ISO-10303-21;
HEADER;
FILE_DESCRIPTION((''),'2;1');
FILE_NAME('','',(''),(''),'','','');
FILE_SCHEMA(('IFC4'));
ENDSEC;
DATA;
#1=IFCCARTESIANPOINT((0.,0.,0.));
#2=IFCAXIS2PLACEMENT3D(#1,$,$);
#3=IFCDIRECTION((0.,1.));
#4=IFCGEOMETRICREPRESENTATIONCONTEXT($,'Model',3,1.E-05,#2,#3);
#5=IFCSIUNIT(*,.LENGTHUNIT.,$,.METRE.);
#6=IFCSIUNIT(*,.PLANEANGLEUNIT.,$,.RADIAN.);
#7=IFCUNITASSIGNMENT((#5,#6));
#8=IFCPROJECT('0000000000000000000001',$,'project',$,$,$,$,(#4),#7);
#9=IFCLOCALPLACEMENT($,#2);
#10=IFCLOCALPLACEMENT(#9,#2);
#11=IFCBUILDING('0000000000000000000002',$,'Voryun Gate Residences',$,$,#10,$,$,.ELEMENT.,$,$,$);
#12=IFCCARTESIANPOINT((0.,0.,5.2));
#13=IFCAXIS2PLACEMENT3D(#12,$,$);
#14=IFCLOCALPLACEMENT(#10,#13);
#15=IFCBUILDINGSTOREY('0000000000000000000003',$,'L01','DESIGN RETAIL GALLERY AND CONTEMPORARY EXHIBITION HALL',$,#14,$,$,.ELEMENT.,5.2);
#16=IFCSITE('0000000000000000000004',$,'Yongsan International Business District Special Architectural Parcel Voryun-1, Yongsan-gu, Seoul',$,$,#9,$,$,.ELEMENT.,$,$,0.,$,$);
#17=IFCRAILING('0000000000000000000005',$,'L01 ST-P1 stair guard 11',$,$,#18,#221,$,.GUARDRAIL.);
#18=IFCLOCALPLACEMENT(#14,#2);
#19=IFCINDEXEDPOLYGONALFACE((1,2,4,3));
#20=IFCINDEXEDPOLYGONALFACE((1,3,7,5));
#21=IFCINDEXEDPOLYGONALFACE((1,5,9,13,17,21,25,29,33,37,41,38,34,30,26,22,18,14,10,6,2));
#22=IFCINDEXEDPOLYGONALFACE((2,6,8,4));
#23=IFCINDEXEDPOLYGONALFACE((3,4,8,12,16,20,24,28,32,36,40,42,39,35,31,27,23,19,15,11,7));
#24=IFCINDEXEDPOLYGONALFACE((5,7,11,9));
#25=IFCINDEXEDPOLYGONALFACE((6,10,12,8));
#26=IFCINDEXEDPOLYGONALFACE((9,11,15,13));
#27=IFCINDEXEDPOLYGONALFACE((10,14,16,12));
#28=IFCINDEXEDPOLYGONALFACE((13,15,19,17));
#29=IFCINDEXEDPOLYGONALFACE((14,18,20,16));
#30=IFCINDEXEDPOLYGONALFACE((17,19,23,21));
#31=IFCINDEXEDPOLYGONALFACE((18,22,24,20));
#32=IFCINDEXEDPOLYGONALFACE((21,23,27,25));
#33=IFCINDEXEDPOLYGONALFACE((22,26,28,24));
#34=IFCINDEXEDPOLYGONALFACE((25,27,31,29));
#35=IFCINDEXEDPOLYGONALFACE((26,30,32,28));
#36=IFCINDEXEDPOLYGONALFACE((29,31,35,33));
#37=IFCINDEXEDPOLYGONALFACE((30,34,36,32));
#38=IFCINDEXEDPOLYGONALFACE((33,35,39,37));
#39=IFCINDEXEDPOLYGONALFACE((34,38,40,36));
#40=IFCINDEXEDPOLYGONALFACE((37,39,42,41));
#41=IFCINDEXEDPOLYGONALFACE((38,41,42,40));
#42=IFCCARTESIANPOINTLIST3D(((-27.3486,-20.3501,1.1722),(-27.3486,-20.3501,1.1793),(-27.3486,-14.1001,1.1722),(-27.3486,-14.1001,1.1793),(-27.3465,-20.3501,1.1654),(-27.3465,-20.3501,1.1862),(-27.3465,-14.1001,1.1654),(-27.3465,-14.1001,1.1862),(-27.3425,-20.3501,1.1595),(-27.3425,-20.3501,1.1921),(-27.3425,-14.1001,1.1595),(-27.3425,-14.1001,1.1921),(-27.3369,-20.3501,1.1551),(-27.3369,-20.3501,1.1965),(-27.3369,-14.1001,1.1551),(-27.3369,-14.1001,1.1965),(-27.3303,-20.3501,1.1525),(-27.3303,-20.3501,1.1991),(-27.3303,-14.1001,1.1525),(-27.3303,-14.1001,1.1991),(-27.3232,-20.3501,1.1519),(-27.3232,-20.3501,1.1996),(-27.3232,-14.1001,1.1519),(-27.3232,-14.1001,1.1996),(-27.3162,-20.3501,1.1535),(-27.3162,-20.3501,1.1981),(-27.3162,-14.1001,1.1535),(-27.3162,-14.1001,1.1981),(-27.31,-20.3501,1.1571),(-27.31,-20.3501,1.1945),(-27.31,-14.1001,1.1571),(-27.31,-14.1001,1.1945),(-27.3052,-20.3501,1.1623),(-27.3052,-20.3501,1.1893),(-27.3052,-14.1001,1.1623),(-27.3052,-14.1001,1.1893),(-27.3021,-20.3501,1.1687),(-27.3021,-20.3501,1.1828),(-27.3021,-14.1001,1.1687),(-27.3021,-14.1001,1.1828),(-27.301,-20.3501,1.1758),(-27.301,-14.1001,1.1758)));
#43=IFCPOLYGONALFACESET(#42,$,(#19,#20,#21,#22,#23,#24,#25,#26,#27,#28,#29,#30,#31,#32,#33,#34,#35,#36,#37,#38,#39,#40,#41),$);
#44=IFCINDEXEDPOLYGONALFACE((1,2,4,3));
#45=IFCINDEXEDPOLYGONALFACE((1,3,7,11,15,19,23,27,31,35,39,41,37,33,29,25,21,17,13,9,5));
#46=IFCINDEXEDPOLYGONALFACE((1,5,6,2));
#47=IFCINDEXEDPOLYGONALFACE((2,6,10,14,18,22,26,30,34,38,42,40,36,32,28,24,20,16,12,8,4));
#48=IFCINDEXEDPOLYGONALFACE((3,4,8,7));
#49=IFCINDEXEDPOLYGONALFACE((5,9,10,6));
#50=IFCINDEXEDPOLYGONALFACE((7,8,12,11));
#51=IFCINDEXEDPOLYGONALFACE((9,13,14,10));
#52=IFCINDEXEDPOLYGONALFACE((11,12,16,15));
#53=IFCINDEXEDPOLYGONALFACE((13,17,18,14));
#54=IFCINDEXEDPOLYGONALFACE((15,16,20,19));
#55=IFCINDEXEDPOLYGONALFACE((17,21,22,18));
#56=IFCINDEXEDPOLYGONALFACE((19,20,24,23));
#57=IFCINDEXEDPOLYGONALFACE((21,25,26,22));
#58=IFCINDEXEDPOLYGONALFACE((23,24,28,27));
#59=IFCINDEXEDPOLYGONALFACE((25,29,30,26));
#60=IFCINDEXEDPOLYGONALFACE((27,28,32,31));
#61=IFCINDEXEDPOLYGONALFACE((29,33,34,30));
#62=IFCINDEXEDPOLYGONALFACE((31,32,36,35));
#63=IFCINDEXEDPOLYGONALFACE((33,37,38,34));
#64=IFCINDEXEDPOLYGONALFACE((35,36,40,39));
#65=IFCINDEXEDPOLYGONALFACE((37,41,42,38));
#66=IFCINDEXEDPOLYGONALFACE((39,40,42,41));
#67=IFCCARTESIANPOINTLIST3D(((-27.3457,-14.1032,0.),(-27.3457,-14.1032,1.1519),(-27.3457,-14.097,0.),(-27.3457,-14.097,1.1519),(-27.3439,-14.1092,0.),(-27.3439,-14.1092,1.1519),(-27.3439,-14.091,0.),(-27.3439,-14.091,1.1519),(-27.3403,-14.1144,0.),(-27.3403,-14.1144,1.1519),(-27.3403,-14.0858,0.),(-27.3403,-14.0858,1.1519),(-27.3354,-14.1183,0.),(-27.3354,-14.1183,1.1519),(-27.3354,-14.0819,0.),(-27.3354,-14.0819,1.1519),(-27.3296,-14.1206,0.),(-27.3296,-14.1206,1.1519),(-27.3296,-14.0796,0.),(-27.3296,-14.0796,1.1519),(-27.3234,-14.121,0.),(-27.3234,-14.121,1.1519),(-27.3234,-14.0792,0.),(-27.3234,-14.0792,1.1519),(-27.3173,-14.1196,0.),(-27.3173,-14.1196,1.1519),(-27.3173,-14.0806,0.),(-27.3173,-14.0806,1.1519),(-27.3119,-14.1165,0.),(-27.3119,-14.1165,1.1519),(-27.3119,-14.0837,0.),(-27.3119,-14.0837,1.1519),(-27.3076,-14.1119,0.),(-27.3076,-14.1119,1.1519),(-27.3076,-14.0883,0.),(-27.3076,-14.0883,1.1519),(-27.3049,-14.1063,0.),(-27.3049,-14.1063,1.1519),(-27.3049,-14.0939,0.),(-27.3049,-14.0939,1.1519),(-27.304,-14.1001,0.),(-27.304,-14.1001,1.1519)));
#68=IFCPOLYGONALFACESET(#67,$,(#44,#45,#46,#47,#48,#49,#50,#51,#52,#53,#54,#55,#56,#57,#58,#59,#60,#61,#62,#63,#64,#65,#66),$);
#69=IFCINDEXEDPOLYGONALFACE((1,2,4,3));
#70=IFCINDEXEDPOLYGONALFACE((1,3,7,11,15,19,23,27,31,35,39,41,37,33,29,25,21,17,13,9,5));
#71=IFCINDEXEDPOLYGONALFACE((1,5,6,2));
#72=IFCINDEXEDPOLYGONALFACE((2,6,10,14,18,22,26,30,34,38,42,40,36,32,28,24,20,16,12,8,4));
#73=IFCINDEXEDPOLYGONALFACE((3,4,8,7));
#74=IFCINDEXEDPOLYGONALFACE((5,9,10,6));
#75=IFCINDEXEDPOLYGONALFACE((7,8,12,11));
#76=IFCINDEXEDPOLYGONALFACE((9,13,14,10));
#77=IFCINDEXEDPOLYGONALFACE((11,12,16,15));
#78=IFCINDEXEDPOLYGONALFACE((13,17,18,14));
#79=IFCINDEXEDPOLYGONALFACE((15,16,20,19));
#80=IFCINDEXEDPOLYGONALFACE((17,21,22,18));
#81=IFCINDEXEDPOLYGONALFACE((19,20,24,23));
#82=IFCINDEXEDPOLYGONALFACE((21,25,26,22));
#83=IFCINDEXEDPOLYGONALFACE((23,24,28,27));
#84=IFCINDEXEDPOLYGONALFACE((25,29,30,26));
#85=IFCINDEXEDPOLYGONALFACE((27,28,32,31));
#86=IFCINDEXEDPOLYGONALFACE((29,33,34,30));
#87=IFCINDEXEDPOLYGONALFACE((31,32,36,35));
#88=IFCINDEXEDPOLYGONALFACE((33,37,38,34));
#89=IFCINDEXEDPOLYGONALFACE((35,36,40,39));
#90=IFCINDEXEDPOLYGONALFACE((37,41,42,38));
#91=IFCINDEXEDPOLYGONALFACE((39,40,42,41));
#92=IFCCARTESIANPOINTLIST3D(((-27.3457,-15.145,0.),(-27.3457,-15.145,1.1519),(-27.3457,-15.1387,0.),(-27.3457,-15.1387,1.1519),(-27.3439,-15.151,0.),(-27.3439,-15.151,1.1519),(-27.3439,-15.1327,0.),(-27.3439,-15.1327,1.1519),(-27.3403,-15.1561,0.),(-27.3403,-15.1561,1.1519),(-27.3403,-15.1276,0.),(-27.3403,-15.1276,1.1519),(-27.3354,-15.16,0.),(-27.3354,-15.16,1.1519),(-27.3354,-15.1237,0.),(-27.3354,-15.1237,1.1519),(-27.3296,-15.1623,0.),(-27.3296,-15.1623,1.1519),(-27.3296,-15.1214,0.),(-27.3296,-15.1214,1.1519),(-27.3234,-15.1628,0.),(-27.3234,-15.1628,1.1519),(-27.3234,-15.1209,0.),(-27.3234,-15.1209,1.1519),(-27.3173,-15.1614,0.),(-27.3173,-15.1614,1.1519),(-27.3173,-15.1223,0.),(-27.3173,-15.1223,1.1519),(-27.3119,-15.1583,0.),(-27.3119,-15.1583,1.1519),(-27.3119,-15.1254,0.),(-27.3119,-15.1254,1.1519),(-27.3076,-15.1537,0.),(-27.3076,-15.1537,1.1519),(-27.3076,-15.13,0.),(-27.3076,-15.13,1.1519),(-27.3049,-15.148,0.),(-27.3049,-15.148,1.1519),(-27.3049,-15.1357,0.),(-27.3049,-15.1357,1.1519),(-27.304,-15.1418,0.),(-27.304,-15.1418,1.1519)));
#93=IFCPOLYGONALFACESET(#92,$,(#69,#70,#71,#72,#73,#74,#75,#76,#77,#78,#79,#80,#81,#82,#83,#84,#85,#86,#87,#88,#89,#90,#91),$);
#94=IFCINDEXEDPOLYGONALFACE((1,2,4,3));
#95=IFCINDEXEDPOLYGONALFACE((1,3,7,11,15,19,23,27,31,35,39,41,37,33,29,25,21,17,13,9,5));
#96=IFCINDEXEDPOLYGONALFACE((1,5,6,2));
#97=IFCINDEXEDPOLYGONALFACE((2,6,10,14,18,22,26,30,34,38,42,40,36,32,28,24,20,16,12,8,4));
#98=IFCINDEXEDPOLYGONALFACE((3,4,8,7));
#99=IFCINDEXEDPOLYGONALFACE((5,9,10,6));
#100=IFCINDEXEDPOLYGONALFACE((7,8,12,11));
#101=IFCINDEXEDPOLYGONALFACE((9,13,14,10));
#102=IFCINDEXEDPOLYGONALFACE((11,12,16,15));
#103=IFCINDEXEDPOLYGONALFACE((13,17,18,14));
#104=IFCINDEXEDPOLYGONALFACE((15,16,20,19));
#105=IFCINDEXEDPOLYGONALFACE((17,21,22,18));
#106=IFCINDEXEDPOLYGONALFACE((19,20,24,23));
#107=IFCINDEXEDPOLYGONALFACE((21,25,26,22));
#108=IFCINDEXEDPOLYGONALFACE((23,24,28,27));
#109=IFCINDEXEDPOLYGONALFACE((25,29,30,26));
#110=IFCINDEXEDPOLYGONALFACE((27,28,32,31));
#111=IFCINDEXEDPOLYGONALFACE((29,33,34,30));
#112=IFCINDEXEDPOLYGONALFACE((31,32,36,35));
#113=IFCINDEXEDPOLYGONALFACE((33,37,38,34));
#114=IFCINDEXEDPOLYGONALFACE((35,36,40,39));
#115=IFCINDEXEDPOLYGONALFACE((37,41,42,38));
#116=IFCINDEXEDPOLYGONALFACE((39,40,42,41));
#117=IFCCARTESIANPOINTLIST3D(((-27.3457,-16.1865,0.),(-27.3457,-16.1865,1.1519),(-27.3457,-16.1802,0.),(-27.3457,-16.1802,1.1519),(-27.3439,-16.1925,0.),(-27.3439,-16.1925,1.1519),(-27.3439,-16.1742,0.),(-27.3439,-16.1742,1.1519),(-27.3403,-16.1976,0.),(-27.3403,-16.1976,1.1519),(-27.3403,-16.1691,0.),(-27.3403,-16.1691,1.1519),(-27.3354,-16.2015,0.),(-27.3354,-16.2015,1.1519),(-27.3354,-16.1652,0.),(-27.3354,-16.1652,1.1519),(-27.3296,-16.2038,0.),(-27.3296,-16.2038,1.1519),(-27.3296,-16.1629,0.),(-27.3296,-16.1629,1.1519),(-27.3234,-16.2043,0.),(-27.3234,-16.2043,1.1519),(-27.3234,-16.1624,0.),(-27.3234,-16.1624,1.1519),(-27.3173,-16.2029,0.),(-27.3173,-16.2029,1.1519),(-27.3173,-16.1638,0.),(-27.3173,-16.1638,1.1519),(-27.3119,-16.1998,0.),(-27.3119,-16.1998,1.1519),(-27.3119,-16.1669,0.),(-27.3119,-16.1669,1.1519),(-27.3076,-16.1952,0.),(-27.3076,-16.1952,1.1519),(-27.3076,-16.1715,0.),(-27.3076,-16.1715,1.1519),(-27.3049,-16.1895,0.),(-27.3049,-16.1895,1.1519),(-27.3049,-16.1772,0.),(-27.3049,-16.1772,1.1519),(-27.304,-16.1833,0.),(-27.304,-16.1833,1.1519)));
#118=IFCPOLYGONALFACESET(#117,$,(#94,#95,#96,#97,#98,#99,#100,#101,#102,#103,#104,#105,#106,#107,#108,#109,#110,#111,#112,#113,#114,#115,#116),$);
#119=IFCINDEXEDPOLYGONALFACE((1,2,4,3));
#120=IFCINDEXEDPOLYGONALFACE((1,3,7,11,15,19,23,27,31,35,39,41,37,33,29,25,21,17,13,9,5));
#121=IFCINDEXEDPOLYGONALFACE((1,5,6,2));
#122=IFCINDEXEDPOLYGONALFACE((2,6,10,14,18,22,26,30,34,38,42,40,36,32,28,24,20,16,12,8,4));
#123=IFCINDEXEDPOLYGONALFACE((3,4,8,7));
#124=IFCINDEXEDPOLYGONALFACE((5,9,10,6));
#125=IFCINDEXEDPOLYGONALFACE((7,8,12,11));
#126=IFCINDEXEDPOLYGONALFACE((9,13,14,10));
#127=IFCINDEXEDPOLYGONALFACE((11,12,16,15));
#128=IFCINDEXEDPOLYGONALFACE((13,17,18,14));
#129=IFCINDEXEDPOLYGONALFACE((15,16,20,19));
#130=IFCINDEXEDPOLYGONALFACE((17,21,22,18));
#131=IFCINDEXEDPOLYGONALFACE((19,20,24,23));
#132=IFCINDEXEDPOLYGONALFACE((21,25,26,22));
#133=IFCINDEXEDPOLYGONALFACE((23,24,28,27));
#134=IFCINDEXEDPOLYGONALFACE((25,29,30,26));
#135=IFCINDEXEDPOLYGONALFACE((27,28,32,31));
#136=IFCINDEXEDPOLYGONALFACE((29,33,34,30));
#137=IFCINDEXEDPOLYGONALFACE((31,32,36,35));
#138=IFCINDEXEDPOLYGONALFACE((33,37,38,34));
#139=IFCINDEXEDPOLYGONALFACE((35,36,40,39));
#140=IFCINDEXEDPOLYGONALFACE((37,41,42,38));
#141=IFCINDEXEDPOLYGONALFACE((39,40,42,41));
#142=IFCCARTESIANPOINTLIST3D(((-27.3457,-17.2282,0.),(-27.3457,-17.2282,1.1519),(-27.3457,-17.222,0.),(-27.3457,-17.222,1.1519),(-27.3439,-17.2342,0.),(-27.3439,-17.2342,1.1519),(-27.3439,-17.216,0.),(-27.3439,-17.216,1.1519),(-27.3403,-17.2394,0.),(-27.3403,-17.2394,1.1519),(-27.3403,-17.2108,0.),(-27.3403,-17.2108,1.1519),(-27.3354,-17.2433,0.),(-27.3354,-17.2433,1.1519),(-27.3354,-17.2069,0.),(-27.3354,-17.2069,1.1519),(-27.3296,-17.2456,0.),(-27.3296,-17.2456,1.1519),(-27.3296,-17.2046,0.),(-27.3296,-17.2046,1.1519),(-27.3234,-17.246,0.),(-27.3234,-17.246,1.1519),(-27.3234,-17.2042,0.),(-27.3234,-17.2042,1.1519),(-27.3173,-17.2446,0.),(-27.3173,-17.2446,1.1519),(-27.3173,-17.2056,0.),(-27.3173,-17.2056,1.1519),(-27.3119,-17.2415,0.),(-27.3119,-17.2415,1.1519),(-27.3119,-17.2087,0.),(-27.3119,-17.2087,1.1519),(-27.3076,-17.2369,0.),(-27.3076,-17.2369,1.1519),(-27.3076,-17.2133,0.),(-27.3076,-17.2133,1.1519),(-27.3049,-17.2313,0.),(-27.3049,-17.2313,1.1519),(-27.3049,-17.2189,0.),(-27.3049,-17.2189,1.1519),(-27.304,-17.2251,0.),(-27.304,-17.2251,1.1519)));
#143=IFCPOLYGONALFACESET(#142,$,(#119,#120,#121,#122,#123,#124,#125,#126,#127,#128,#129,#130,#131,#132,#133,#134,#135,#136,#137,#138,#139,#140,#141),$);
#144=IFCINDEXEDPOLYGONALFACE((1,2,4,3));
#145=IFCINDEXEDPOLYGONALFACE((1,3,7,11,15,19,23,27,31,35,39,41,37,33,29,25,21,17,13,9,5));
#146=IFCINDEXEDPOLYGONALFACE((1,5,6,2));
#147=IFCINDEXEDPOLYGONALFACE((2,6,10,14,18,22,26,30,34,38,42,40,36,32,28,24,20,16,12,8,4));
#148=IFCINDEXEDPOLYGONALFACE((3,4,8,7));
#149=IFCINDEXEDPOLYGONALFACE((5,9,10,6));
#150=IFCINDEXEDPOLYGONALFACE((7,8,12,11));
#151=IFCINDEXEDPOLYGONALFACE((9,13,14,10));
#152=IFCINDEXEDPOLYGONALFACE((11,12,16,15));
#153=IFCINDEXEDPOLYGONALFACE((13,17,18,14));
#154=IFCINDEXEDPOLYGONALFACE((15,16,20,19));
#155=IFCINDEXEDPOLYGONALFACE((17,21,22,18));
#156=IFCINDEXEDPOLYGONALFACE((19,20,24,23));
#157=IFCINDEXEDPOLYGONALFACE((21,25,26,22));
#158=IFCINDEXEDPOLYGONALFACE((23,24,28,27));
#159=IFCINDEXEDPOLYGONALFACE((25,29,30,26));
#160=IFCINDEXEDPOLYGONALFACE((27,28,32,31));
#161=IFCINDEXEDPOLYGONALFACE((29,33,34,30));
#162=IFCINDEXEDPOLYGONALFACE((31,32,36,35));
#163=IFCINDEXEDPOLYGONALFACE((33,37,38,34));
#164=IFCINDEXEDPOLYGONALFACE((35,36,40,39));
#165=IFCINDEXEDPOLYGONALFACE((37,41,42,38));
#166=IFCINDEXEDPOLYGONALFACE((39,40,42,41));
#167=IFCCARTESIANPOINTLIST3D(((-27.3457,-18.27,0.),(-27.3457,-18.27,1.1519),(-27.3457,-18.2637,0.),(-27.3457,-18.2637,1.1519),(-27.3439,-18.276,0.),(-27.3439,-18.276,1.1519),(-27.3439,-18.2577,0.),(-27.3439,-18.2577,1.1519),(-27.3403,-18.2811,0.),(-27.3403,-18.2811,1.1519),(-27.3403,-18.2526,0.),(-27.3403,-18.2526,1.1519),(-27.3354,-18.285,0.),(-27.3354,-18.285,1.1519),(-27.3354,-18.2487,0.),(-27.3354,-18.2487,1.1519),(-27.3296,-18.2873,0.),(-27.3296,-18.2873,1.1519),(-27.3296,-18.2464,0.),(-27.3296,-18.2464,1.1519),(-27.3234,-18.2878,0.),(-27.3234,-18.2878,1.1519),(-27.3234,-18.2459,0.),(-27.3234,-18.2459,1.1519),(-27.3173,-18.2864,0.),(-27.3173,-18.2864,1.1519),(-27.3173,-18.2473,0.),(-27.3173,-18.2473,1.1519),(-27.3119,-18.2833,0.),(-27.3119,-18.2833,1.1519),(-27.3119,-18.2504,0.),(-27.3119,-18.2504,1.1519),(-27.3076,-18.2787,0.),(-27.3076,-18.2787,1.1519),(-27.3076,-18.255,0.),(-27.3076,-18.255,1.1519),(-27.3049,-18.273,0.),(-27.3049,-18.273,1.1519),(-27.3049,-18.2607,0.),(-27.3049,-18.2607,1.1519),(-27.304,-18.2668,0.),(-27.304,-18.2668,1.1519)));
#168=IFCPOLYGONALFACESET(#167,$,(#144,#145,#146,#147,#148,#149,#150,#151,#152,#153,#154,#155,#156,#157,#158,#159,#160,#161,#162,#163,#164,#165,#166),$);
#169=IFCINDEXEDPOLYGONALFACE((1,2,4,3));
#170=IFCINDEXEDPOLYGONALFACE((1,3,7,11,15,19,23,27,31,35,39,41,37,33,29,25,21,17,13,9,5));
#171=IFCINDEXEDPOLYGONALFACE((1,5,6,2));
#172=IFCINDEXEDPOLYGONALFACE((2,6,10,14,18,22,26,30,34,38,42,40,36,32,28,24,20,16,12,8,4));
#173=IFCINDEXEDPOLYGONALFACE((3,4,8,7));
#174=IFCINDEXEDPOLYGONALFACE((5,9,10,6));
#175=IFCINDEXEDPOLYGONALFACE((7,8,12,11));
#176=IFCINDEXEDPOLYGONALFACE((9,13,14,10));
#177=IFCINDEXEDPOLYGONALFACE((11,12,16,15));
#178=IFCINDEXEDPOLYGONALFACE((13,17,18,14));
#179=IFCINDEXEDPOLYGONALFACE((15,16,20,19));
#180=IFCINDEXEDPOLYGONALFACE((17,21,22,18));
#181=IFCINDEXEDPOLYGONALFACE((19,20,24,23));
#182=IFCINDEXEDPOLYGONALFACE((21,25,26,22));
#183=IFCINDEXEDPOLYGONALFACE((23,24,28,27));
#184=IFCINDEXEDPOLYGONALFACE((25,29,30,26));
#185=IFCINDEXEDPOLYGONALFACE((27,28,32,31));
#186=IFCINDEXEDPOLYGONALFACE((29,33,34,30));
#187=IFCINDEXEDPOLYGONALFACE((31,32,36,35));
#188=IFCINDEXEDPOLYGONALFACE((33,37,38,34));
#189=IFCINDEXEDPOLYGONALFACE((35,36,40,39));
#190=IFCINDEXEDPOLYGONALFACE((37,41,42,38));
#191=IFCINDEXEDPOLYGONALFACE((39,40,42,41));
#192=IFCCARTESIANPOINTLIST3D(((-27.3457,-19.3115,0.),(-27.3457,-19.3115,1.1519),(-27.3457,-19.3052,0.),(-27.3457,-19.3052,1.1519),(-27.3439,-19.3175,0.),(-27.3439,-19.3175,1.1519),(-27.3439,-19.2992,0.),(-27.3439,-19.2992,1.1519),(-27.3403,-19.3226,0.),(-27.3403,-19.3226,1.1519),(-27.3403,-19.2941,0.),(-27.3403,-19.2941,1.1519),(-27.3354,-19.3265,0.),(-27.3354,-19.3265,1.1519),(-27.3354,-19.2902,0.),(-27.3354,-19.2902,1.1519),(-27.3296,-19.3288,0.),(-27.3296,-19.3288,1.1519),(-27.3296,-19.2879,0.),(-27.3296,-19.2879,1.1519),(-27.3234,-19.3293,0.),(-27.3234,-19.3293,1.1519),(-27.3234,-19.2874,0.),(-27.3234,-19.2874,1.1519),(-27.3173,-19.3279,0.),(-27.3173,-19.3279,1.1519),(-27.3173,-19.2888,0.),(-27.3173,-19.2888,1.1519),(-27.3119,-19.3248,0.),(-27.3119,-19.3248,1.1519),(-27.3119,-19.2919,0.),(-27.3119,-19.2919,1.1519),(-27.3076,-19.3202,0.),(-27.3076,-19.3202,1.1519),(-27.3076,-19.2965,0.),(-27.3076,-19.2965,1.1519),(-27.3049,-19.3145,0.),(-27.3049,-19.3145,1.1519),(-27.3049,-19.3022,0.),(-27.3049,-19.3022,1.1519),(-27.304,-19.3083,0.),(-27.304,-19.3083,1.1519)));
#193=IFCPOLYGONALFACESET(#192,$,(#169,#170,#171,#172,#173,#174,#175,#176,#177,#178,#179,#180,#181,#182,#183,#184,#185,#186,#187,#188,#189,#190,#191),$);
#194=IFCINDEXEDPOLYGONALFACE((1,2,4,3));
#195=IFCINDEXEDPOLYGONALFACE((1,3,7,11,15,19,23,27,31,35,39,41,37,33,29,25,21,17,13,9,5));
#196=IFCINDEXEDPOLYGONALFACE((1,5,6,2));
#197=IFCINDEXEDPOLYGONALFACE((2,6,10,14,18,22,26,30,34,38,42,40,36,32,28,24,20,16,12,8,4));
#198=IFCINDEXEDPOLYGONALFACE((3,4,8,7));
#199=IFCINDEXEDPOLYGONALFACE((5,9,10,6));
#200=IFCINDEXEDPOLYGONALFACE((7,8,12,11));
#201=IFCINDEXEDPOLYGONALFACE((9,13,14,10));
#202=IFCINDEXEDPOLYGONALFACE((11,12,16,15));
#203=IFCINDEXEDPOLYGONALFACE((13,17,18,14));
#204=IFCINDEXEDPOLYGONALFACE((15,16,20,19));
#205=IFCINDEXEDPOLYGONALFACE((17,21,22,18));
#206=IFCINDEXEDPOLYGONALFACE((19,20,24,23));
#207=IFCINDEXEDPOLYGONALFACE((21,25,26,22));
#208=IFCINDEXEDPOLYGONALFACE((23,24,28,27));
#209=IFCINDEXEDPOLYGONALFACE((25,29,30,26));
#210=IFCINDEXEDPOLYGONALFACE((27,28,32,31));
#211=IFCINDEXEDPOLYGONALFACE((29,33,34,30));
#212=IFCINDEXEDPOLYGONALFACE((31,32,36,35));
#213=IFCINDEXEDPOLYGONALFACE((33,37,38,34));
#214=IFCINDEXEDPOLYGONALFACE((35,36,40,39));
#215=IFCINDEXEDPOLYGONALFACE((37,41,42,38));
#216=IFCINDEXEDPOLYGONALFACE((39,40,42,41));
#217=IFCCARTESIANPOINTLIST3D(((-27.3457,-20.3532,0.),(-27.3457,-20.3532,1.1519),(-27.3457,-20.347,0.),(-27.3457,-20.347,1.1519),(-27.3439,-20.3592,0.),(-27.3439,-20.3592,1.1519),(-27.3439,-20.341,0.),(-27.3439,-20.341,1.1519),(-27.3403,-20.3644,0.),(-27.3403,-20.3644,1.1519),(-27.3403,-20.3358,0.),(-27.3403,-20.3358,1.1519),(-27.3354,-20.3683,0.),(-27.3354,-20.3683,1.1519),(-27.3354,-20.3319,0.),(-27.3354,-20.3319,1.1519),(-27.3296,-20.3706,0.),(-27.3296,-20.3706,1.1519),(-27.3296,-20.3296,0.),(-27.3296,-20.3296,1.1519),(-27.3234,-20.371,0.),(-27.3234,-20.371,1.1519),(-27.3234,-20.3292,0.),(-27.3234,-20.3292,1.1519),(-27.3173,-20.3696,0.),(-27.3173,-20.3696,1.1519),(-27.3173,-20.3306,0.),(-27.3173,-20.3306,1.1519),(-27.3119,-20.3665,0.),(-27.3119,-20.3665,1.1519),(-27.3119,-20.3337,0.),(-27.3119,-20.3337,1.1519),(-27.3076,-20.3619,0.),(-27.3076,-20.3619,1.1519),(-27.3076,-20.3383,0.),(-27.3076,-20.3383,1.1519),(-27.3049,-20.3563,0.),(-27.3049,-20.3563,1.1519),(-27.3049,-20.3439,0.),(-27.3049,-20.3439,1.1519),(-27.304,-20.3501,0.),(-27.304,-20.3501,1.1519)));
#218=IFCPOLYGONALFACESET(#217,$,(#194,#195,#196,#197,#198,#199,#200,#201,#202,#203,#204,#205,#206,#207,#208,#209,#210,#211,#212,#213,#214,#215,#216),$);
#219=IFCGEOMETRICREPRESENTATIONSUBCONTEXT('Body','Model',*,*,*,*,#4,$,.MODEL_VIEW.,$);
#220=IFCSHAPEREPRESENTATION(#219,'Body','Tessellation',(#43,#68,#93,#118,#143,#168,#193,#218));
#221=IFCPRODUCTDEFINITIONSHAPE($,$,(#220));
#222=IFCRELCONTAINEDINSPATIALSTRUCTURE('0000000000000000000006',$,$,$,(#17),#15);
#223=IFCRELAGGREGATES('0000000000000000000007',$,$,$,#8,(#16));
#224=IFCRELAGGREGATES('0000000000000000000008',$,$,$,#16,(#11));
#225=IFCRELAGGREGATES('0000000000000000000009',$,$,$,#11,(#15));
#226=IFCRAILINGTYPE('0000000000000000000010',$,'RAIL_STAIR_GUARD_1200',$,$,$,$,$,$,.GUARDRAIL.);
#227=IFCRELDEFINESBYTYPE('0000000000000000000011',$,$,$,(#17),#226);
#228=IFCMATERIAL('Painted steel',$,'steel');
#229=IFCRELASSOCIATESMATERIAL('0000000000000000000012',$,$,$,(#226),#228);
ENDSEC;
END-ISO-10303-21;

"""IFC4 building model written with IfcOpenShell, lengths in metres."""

from ifc_helpers import new_model, si_unit, direction, frame, origin, origin_2d, place, context, subcontext, project, spatial, circle, extrude, material, type_object, element, save


model = new_model("IFC4")

# Units and contexts
model_context = context("Model", 3, precision=1e-05, world=origin(), true_north=direction((0.0, 1.0)))
body_context = subcontext(model_context, "Body", "Model", "MODEL_VIEW")
ifc_project = project(units=[si_unit("LENGTHUNIT", "METRE"), si_unit("PLANEANGLEUNIT", "RADIAN")], contexts=[model_context])

# Site, building, storey
site_placement = place(None, origin())
site = spatial("IfcSite", under=ifc_project, at=site_placement, Name="Yongsan International Business District Special Architectural Parcel Voryun-1, Yongsan-gu, Seoul", CompositionType="ELEMENT", RefElevation=0.0)
building_placement = place(site_placement, origin())
building = spatial("IfcBuilding", under=site, at=building_placement, Name="Voryun Gate Residences", CompositionType="ELEMENT")
storey_placement = place(building_placement, frame((0.0, 0.0, 5.2)))
storey = spatial("IfcBuildingStorey", under=building, at=storey_placement, Name="L01", Description="DESIGN RETAIL GALLERY AND CONTEMPORARY EXHIBITION HALL", CompositionType="ELEMENT", Elevation=5.2)

# Railing
ifc_material_1 = material(Name="Painted steel", Category="steel")
railing_type = type_object("IfcRailingType", Name="RAIL_STAIR_GUARD_1200", PredefinedType="GUARDRAIL", material=ifc_material_1)
railing_placement = place(storey_placement, frame((-27.325, -14.1001, 0.0)))
element("IfcRailing", 1, at=railing_placement, inside=storey, type_object=railing_type, Name="L01 ST-P1 stair guard 11", PredefinedType="GUARDRAIL", context=body_context, shape_type="SweptSolid", body=[
    extrude(circle(Radius=0.0239, at=origin_2d()), frame((0.0, 0.0, 1.1758), z_axis=(0.0, -1.0, 0.0), x_axis=(1.0, 0.0, 0.0)), (0.0, 0.0, 1.0), 6.25),
    extrude(circle(Radius=0.021, at=origin_2d()), origin(), (0.0, 0.0, 1.0), 1.1519),
    extrude(circle(Radius=0.021, at=origin_2d()), frame((0.0, -1.0417, 0.0)), (0.0, 0.0, 1.0), 1.1519),
    extrude(circle(Radius=0.021, at=origin_2d()), frame((0.0, -2.0833, 0.0)), (0.0, 0.0, 1.0), 1.1519),
    extrude(circle(Radius=0.021, at=origin_2d()), frame((0.0, -3.125, 0.0)), (0.0, 0.0, 1.0), 1.1519),
    extrude(circle(Radius=0.021, at=origin_2d()), frame((0.0, -4.1667, 0.0)), (0.0, 0.0, 1.0), 1.1519),
    extrude(circle(Radius=0.021, at=origin_2d()), frame((0.0, -5.2083, 0.0)), (0.0, 0.0, 1.0), 1.1519),
    extrude(circle(Radius=0.021, at=origin_2d()), frame((0.0, -6.25, 0.0)), (0.0, 0.0, 1.0), 1.1519),
])

save(model, "model.ifc")
